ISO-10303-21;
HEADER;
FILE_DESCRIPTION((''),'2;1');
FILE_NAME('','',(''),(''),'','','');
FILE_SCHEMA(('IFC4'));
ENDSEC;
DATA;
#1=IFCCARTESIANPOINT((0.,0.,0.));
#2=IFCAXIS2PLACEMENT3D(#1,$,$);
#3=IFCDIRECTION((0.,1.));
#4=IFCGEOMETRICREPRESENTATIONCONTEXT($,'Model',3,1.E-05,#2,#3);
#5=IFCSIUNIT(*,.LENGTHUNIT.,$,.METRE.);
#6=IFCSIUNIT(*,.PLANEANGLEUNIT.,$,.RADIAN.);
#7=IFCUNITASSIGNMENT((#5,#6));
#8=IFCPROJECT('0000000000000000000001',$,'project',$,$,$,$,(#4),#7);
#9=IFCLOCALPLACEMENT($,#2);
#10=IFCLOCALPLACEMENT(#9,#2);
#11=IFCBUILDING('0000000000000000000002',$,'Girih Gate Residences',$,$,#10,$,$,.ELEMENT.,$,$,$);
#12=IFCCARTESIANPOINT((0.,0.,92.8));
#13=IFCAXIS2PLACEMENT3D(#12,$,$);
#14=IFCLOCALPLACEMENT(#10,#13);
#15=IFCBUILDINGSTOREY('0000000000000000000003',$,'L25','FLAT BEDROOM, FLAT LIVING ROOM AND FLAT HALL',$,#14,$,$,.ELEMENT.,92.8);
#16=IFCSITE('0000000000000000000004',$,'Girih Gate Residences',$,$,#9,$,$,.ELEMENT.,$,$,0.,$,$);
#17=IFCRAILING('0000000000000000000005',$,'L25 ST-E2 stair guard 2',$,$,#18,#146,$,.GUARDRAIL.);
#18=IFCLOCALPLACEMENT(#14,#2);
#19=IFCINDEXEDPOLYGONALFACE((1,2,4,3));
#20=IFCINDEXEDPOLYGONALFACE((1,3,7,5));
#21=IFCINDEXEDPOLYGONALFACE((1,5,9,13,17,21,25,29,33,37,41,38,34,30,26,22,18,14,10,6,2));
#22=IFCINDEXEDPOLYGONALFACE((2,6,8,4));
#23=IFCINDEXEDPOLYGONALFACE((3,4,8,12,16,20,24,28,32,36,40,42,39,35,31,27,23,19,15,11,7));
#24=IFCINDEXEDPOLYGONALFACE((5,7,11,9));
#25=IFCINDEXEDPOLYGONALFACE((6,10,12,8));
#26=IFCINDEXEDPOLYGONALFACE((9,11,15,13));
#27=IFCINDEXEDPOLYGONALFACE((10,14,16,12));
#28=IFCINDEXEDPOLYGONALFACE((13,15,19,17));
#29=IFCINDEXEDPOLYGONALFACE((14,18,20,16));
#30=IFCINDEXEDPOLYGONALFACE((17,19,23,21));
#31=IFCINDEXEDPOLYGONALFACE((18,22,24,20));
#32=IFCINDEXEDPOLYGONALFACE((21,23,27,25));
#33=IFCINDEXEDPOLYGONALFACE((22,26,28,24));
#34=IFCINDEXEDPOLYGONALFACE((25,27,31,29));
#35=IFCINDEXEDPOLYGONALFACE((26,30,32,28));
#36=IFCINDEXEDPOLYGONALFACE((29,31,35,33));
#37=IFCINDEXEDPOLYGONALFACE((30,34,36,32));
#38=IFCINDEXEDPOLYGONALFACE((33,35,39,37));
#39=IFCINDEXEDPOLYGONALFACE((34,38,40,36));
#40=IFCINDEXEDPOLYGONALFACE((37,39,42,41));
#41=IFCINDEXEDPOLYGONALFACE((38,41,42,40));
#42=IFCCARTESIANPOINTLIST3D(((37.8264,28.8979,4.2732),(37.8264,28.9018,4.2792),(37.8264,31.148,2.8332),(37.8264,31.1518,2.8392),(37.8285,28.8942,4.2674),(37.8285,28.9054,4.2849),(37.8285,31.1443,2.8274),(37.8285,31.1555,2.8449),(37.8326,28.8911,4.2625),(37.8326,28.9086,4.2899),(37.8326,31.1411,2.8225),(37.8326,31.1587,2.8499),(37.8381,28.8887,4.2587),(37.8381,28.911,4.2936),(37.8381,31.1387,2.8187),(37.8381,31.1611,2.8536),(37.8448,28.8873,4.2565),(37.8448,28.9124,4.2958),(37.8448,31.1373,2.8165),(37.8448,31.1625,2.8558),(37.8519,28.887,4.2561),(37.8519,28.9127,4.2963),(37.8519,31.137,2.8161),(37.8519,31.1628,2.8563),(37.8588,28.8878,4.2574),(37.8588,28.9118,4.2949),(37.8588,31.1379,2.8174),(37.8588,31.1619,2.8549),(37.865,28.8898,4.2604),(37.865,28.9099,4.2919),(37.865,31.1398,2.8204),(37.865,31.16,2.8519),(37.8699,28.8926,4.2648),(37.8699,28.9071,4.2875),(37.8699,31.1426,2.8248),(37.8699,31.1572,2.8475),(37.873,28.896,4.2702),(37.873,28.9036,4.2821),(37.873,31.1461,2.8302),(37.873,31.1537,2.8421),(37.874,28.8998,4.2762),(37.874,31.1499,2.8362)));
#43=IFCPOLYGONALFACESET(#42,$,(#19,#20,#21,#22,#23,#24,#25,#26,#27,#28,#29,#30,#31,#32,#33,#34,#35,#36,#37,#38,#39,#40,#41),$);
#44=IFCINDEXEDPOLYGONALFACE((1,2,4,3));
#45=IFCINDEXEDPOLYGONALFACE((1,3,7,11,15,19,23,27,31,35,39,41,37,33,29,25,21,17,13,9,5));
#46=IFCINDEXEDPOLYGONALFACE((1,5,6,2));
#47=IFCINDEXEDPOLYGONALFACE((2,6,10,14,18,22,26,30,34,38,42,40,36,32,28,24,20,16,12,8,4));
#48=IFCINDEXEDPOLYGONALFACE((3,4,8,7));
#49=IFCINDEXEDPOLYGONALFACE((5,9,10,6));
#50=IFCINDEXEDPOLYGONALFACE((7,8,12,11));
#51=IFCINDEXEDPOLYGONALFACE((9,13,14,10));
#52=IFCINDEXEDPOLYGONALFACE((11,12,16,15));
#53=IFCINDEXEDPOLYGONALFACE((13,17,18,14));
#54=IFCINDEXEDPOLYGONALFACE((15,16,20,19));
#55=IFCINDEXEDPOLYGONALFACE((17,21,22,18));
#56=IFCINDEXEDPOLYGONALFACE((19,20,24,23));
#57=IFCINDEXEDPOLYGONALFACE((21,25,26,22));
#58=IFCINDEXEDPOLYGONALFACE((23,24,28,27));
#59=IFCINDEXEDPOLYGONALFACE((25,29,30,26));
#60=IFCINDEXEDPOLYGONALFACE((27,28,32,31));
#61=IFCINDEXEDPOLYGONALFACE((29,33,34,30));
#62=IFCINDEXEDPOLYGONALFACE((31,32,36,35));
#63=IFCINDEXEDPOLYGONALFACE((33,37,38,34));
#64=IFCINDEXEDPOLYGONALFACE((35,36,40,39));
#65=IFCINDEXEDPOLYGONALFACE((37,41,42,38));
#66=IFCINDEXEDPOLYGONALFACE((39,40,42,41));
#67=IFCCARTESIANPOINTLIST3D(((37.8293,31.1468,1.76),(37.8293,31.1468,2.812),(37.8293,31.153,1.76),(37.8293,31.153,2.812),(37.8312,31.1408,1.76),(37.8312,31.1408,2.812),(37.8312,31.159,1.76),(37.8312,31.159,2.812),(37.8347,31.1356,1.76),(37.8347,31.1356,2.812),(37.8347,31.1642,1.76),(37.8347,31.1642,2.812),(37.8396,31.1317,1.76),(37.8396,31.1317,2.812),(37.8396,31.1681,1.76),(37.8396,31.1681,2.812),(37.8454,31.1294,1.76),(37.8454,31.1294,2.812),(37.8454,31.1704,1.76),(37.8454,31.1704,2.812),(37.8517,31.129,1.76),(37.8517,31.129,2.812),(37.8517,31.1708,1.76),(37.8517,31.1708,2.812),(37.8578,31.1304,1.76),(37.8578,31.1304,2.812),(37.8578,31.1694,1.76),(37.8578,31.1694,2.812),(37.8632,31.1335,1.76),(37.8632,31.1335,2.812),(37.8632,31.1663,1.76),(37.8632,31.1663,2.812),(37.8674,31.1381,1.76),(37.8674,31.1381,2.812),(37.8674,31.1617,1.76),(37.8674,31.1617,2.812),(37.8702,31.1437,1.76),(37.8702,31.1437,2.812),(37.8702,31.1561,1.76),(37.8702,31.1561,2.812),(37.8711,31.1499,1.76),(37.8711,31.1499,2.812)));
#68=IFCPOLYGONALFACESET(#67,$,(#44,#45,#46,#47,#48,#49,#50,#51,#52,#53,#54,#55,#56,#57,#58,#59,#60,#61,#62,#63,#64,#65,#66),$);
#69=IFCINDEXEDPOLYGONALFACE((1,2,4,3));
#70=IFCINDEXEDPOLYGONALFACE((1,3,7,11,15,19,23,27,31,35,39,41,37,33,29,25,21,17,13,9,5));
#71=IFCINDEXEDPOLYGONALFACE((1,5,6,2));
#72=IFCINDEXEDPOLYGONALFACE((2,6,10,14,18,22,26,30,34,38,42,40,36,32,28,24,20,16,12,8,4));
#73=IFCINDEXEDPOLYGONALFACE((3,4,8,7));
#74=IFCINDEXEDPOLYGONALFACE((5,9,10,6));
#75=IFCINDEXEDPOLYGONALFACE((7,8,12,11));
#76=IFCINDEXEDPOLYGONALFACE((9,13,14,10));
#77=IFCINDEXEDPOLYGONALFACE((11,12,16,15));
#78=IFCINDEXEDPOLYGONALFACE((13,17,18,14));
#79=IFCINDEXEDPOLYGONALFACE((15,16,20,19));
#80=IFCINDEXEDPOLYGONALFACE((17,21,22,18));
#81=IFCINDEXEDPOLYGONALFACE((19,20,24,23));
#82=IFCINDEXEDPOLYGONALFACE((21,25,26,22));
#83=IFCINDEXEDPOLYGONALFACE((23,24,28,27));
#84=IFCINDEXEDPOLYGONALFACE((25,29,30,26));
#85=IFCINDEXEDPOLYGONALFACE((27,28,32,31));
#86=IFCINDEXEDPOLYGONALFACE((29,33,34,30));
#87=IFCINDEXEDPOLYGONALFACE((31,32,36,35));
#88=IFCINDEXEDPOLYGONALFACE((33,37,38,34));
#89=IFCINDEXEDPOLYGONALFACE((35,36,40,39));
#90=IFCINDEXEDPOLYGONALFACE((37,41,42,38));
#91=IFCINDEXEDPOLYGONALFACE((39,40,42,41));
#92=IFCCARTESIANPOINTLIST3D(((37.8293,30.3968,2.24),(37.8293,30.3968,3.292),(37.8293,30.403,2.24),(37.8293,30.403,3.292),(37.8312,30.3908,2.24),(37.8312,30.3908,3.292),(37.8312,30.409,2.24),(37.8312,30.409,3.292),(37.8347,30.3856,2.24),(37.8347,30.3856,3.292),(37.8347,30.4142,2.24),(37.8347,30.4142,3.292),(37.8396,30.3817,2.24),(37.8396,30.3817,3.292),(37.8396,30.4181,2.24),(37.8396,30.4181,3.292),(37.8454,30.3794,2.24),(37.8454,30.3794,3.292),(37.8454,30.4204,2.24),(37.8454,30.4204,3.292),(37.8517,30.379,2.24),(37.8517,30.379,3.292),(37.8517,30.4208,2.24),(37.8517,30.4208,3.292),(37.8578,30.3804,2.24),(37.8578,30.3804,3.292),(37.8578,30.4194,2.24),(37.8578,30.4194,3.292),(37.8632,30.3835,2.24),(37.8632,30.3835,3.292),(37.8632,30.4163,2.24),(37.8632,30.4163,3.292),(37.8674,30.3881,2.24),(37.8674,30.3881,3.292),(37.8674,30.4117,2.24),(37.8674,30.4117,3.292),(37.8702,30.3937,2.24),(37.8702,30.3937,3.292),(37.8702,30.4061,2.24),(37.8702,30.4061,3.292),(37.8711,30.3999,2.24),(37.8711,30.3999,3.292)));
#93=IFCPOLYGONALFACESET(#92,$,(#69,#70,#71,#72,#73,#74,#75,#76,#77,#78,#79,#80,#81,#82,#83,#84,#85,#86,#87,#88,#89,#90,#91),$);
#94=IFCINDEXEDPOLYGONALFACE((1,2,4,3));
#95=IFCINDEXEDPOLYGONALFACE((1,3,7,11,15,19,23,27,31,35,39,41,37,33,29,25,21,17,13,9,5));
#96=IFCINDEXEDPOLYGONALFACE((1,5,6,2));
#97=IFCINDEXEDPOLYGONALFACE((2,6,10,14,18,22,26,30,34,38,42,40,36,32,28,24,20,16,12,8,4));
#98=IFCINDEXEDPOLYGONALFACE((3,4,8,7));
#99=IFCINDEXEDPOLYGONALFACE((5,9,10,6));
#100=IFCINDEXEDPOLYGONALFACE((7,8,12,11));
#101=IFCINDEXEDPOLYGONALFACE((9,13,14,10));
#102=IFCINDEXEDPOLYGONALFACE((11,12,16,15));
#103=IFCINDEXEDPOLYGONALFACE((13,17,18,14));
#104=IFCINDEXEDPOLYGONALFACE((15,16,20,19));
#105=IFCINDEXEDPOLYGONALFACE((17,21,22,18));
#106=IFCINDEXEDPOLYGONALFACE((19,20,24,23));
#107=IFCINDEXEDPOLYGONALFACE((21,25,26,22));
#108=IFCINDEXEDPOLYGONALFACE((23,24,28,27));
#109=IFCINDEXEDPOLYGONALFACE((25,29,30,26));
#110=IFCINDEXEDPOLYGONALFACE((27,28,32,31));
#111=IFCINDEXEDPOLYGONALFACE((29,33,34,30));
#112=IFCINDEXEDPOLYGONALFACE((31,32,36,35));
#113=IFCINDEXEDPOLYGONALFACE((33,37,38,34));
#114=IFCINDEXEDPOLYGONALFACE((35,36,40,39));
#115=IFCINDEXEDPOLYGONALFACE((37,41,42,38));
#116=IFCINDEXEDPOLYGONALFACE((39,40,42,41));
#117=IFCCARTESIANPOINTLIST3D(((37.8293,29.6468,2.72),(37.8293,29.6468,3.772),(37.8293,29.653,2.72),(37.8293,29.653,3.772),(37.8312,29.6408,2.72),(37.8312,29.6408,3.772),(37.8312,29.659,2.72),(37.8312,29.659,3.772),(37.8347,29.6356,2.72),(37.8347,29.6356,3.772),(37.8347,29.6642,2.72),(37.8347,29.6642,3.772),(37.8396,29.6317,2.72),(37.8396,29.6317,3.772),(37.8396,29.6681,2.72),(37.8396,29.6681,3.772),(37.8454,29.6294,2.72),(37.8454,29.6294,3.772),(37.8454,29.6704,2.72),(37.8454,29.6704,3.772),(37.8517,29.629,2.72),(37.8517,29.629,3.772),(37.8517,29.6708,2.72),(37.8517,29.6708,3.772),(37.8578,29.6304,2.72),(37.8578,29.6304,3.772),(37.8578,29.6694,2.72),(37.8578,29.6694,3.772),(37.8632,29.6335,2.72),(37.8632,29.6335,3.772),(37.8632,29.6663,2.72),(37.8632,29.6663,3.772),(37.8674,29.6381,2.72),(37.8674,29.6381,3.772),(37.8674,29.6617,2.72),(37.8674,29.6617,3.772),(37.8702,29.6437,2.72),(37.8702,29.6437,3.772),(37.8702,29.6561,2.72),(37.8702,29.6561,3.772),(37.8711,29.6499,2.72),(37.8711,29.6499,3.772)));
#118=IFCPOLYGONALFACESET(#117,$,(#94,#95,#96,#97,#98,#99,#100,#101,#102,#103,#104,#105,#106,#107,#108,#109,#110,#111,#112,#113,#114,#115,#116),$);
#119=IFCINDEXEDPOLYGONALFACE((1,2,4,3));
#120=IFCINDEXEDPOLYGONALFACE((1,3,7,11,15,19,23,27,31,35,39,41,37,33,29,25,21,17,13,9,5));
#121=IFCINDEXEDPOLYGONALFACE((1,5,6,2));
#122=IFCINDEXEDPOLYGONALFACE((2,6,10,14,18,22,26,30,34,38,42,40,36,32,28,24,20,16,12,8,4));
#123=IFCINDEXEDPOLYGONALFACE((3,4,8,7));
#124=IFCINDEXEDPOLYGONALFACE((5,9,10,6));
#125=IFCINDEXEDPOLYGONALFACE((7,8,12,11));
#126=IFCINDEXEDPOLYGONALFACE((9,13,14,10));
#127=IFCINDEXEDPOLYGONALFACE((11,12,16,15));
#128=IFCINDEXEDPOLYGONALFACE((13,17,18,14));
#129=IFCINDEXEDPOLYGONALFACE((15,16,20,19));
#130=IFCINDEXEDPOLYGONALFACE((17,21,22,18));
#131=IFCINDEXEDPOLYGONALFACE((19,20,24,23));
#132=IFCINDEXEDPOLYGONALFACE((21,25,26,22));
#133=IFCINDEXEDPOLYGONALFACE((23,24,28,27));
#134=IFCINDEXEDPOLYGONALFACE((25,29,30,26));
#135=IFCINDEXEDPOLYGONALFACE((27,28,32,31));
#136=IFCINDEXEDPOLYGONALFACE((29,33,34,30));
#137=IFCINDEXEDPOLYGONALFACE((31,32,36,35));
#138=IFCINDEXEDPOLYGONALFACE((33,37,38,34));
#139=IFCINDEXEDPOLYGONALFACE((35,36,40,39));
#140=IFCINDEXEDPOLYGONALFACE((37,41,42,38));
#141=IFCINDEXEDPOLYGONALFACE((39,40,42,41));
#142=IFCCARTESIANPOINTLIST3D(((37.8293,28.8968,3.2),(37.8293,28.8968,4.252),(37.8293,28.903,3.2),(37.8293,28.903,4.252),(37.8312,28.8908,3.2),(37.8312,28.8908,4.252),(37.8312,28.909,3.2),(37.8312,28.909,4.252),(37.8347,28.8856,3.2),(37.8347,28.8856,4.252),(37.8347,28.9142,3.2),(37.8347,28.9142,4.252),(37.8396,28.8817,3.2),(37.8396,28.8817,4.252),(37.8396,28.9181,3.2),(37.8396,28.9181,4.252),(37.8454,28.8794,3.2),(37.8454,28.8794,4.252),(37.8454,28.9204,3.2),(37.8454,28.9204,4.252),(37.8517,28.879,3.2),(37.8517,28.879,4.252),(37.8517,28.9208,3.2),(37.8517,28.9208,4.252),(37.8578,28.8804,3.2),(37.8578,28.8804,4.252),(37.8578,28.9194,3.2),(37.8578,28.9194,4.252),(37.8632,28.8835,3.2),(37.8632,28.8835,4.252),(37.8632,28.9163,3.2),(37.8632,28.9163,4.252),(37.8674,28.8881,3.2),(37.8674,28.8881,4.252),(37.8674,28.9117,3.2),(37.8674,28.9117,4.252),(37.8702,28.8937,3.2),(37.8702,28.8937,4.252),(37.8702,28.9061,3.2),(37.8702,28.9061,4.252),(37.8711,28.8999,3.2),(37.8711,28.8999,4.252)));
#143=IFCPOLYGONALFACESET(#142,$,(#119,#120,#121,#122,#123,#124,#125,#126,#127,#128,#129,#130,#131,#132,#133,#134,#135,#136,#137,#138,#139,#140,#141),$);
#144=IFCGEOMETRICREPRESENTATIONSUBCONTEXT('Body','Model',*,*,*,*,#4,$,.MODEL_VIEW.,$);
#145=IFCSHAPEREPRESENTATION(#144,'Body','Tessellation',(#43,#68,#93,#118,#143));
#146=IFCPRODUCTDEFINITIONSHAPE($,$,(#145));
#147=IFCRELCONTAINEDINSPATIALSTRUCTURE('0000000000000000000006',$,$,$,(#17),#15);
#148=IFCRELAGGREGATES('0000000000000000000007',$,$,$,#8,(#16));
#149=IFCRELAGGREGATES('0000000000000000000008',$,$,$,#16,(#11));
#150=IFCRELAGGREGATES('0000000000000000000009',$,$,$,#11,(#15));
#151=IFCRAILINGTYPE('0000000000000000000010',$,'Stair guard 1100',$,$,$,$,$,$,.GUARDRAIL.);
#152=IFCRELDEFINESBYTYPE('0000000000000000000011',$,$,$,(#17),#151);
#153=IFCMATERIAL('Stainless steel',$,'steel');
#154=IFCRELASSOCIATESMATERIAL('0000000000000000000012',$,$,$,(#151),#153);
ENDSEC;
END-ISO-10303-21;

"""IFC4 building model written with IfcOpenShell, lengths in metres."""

from ifc_helpers import new_model, si_unit, direction, frame, origin, origin_2d, place, context, subcontext, project, spatial, circle, extrude, material, type_object, element, save


model = new_model("IFC4")

# Units and contexts
model_context = context("Model", 3, precision=1e-05, world=origin(), true_north=direction((0.0, 1.0)))
body_context = subcontext(model_context, "Body", "Model", "MODEL_VIEW")
ifc_project = project(units=[si_unit("LENGTHUNIT", "METRE"), si_unit("PLANEANGLEUNIT", "RADIAN")], contexts=[model_context])

# Site, building, storey
site_placement = place(None, origin())
site = spatial("IfcSite", under=ifc_project, at=site_placement, Name="Girih Gate Residences", CompositionType="ELEMENT", RefElevation=0.0)
building_placement = place(site_placement, origin())
building = spatial("IfcBuilding", under=site, at=building_placement, Name="Girih Gate Residences", CompositionType="ELEMENT")
storey_placement = place(building_placement, frame((0.0, 0.0, 92.8)))
storey = spatial("IfcBuildingStorey", under=building, at=storey_placement, Name="L25", Description="FLAT BEDROOM, FLAT LIVING ROOM AND FLAT HALL", CompositionType="ELEMENT", Elevation=92.8)

# Shared definitions
ifc_material_1 = material(Name="Stainless steel", Category="steel")

# Railing
railing_type_1 = type_object("IfcRailingType", Name="Stair guard 1100", PredefinedType="GUARDRAIL", material=ifc_material_1)
railing_1_placement = place(storey_placement, frame((37.8501, 31.1499, 1.76)))
element("IfcRailing", 1, at=railing_1_placement, inside=storey, type_object=railing_type_1, Name="L25 ST-E2 stair guard 2", PredefinedType="GUARDRAIL", context=body_context, shape_type="SweptSolid", body=[
    extrude(circle(Radius=0.0239, at=origin_2d()), frame((0.0, 0.0, 1.0762), z_axis=(0.0, -0.842281, 0.539038), x_axis=(1.0, 0.0, 0.0)), (0.0, 0.0, 1.0), 2.6714),
    extrude(circle(Radius=0.021, at=origin_2d()), origin(), (0.0, 0.0, 1.0), 1.052),
    extrude(circle(Radius=0.021, at=origin_2d()), frame((0.0, -0.75, 0.48)), (0.0, 0.0, 1.0), 1.052),
    extrude(circle(Radius=0.021, at=origin_2d()), frame((0.0, -1.5, 0.96)), (0.0, 0.0, 1.0), 1.052),
    extrude(circle(Radius=0.021, at=origin_2d()), frame((0.0, -2.25, 1.4399)), (0.0, 0.0, 1.0), 1.052),
])

save(model, "model.ifc")
